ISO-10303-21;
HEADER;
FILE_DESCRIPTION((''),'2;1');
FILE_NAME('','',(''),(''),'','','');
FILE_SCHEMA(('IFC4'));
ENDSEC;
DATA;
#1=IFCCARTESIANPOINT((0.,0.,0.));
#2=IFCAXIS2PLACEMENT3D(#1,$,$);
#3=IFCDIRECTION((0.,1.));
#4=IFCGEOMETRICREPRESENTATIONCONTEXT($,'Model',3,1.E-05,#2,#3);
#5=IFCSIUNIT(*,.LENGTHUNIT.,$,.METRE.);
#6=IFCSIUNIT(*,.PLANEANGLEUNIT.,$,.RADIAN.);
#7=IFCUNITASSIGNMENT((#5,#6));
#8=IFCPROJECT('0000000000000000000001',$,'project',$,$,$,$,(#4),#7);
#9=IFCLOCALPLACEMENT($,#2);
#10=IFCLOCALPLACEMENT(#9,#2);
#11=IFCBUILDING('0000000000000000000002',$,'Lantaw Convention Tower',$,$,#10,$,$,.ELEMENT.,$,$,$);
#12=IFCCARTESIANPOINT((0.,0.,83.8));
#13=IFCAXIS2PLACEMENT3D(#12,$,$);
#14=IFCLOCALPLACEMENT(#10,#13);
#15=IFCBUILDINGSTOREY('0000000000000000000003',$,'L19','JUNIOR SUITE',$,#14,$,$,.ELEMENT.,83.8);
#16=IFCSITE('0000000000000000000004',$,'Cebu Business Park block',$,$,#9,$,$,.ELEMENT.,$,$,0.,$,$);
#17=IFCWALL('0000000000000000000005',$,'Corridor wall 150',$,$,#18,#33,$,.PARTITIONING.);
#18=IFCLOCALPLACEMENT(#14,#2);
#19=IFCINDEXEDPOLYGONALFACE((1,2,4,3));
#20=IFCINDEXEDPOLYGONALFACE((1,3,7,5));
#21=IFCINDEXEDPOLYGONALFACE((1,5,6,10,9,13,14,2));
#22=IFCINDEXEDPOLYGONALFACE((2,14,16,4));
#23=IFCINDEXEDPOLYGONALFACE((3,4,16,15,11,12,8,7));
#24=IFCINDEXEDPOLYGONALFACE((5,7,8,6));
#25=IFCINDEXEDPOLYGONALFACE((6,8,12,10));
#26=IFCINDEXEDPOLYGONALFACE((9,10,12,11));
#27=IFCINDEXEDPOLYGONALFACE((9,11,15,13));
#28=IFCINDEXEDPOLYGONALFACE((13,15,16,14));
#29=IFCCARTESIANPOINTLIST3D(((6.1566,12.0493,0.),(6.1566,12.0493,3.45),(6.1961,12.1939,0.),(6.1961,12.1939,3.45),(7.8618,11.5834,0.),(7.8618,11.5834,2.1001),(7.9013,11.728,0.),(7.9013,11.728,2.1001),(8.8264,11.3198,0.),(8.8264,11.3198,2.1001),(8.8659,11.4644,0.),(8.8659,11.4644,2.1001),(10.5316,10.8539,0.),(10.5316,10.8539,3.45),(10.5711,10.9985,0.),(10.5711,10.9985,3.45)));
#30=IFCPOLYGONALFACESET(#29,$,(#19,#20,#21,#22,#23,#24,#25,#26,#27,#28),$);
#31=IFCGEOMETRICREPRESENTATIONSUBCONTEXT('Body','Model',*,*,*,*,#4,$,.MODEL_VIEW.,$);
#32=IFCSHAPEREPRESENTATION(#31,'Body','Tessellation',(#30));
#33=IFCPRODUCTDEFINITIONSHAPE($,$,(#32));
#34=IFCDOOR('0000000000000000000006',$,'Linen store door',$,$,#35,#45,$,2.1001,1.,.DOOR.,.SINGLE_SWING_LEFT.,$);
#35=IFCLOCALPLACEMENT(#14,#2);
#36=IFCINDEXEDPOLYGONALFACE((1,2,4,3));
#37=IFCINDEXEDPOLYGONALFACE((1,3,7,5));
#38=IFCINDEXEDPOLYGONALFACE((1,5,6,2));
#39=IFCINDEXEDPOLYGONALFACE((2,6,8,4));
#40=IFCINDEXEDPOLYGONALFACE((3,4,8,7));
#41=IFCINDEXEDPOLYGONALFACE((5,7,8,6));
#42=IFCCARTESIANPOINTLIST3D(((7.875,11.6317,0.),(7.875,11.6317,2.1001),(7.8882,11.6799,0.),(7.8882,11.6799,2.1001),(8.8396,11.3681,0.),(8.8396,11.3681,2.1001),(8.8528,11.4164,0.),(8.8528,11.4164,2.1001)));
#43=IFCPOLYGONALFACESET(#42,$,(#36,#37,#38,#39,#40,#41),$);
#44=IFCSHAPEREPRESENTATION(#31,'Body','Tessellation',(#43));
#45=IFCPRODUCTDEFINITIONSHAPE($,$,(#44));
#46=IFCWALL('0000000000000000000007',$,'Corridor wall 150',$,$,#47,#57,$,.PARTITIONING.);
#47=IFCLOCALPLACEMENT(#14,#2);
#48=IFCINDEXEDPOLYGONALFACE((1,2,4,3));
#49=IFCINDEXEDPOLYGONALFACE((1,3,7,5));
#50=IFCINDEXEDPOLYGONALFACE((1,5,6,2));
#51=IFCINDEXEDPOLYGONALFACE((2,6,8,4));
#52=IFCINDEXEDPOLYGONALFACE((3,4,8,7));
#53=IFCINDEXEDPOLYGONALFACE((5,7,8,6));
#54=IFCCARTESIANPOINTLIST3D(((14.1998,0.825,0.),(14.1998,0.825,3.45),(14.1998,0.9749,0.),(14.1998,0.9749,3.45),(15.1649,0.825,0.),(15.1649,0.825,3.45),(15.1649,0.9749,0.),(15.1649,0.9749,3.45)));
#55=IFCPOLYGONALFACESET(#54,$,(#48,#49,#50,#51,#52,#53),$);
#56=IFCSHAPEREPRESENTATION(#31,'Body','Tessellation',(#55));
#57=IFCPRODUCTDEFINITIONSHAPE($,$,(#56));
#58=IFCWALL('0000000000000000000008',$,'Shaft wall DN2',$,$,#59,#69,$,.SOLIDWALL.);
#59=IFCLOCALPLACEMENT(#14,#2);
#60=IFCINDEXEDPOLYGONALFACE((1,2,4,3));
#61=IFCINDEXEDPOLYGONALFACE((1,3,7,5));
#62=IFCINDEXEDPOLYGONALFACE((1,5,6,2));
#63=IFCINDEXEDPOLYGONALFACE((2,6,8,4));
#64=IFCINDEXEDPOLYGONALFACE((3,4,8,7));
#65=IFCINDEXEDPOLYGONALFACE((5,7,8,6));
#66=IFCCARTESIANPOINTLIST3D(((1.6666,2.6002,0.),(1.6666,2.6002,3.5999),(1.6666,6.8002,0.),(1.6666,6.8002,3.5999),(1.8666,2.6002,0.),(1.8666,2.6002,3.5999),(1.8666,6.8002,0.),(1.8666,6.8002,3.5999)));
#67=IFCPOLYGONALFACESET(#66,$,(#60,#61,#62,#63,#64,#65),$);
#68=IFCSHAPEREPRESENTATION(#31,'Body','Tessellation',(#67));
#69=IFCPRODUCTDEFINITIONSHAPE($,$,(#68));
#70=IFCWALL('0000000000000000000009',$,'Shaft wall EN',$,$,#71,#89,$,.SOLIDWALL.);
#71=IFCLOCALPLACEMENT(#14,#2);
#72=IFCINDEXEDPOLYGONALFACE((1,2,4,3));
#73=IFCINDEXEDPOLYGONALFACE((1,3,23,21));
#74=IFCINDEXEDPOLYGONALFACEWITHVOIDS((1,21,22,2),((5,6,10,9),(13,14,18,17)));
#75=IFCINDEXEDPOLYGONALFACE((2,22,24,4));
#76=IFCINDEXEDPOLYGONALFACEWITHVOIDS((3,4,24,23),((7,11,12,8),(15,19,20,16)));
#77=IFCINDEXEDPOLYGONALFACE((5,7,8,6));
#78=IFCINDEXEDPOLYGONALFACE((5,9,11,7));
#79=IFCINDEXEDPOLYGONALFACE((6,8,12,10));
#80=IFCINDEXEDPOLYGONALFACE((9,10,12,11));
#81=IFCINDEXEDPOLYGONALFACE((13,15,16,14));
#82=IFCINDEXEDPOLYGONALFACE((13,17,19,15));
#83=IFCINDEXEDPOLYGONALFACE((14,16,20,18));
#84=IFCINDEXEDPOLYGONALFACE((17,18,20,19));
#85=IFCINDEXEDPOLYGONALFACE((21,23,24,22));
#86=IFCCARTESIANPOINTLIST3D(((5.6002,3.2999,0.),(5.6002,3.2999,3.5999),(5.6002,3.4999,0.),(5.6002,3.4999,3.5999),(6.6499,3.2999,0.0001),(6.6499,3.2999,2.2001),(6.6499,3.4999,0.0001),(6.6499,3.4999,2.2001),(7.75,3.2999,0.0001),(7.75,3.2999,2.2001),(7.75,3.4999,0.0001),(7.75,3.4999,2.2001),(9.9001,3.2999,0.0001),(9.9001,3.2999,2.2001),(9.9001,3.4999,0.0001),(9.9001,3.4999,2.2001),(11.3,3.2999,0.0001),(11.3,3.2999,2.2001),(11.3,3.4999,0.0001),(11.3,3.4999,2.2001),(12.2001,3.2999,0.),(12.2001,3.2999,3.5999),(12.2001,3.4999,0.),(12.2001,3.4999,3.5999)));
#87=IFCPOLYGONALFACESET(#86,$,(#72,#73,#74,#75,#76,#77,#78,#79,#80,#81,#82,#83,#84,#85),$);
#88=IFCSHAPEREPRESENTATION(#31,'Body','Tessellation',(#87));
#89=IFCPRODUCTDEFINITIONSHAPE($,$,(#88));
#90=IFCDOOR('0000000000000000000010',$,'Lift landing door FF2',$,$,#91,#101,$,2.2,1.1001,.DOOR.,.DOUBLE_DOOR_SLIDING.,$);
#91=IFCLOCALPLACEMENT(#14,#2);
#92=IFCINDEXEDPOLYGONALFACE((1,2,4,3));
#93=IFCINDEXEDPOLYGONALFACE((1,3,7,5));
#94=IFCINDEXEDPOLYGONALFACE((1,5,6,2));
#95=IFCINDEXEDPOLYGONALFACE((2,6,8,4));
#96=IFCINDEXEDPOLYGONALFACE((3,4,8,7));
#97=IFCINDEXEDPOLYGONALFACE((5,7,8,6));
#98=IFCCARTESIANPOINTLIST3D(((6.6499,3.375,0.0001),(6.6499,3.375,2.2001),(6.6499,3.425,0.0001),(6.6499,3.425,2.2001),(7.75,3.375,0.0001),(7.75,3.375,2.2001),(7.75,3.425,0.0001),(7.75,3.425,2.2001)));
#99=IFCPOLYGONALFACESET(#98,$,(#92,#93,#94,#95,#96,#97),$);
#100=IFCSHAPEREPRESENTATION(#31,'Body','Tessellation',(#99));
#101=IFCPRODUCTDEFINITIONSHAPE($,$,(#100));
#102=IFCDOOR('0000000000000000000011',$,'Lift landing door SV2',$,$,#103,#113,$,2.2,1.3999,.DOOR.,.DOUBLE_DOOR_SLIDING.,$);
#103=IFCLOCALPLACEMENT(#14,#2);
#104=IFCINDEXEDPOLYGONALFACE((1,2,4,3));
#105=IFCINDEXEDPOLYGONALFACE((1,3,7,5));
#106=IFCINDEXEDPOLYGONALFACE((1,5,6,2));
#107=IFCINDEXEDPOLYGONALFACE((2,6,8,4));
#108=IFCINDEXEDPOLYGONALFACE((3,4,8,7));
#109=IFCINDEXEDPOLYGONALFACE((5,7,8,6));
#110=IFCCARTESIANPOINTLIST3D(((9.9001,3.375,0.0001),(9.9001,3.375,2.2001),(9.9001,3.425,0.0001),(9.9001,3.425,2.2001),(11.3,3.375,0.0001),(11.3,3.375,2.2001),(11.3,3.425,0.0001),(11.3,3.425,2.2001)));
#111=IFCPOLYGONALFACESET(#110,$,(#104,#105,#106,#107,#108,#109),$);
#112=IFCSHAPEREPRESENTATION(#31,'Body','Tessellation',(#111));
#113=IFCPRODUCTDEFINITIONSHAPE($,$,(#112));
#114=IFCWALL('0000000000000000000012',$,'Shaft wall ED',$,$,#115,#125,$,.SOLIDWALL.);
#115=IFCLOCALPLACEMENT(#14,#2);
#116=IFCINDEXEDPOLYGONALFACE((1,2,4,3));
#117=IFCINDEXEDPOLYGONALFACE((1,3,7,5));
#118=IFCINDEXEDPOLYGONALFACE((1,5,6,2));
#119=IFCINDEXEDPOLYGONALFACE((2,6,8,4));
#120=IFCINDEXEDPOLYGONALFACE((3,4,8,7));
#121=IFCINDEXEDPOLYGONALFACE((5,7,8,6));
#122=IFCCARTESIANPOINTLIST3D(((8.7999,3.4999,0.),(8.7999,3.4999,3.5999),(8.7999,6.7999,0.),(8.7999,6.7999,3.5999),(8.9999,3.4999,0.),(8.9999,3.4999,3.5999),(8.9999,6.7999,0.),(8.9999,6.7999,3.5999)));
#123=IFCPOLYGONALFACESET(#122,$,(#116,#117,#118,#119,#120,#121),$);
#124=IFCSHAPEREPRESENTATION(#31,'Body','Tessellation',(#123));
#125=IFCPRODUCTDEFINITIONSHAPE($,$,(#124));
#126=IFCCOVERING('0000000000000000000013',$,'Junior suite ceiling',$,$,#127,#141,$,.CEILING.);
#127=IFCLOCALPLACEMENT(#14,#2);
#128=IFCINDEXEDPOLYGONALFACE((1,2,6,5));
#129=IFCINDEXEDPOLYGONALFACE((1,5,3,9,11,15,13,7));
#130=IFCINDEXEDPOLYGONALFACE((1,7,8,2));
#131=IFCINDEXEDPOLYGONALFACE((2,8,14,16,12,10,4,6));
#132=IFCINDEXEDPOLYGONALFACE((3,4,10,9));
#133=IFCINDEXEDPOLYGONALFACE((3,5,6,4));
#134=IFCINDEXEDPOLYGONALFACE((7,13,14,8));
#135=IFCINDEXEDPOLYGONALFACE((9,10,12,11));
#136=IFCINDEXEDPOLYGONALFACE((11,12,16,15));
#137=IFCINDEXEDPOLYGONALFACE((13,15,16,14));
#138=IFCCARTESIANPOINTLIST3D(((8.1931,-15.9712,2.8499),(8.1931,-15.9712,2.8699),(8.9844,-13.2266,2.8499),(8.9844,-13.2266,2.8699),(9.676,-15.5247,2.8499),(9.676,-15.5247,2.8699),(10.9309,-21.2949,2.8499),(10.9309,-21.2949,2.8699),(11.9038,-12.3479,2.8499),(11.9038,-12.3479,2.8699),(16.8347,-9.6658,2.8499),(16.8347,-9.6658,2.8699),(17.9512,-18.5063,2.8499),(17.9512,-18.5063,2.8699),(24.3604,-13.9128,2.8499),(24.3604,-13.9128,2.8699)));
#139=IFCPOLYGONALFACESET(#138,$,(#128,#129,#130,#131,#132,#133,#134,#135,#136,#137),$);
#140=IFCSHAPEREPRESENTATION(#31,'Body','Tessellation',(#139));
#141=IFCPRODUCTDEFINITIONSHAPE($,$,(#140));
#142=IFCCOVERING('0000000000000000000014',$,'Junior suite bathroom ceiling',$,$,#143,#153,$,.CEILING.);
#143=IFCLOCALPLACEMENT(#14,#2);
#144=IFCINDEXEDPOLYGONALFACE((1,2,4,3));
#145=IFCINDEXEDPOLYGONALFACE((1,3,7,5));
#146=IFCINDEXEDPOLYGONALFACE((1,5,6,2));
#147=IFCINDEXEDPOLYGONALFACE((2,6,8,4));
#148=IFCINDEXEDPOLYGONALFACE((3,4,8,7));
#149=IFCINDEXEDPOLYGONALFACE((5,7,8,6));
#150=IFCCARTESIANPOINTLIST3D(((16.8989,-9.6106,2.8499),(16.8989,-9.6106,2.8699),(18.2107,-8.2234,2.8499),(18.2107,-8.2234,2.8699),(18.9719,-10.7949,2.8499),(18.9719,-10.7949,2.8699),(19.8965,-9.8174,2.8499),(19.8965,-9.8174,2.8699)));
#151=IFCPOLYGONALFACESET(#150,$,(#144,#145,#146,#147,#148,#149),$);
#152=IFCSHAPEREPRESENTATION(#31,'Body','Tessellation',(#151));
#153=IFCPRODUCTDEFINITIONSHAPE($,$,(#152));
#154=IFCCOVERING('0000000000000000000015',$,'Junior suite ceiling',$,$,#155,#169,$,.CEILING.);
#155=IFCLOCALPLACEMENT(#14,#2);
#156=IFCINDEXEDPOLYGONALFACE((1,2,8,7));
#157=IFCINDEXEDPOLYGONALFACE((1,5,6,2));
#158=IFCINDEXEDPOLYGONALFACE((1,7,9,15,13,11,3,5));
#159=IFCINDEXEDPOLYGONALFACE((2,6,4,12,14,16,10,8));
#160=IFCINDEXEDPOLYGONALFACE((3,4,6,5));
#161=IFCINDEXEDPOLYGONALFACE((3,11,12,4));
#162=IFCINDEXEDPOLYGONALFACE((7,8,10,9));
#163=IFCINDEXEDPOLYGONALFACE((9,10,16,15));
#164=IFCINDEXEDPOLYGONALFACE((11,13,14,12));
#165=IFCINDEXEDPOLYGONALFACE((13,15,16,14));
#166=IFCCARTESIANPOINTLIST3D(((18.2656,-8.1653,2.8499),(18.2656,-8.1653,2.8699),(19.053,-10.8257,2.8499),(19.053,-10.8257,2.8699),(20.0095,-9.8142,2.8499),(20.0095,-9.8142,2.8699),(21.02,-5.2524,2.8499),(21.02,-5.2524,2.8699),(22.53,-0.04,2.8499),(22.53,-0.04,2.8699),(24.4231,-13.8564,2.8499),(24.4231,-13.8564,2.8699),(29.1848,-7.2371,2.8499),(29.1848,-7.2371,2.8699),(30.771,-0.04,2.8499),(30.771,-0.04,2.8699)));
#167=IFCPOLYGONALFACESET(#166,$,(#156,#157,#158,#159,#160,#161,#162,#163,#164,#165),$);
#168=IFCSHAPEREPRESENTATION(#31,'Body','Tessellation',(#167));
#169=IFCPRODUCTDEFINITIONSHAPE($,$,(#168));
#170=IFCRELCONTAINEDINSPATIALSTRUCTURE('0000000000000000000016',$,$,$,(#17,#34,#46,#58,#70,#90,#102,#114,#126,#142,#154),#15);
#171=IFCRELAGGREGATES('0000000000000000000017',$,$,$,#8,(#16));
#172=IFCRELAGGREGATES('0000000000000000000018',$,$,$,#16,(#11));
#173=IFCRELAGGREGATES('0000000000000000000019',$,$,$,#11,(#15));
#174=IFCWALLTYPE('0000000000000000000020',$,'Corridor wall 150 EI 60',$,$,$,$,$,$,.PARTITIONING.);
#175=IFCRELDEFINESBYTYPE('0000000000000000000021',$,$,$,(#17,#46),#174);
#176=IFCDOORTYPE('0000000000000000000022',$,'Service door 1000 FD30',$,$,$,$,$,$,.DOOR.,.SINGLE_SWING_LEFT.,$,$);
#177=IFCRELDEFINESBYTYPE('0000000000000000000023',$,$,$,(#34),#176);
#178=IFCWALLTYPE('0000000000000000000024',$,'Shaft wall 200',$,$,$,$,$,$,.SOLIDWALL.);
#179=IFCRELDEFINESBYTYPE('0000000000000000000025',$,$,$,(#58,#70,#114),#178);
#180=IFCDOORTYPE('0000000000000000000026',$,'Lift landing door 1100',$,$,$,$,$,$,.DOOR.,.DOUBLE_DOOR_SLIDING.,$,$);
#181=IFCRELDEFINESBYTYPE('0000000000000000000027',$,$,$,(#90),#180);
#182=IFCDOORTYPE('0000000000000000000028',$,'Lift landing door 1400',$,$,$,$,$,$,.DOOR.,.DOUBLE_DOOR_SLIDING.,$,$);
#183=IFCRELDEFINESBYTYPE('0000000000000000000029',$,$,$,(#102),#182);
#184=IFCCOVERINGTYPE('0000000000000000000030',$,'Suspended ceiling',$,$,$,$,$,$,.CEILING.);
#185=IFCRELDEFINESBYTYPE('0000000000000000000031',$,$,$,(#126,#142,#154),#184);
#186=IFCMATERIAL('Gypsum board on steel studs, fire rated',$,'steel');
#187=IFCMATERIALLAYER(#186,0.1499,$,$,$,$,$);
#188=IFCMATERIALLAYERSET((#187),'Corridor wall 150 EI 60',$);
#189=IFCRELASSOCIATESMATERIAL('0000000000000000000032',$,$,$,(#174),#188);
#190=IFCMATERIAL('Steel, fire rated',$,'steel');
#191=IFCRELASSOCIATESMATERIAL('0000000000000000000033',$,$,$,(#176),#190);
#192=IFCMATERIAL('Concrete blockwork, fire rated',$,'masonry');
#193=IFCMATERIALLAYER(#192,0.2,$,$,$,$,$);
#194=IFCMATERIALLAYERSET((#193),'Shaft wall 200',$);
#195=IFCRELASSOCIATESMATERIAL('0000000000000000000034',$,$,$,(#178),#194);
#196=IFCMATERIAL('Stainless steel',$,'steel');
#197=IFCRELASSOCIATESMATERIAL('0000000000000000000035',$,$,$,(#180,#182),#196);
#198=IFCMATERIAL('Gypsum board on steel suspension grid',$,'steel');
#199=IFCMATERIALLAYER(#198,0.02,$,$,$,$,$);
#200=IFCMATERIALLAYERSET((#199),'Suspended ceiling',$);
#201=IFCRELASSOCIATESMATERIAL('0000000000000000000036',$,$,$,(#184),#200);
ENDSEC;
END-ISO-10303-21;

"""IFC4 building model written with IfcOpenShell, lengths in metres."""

from ifc_helpers import new_model, si_unit, direction, frame, frame_2d, origin, place, context, subcontext, project, spatial, polyline, rectangle, outline, extrude, material, layer, layer_set, type_object, element, fill, save


model = new_model("IFC4")

# Units and contexts
model_context = context("Model", 3, precision=1e-05, world=origin(), true_north=direction((0.0, 1.0)))
body_context = subcontext(model_context, "Body", "Model", "MODEL_VIEW")
ifc_project = project(units=[si_unit("LENGTHUNIT", "METRE"), si_unit("PLANEANGLEUNIT", "RADIAN")], contexts=[model_context])

# Site, building, storey
site_placement = place(None, origin())
site = spatial("IfcSite", under=ifc_project, at=site_placement, Name="Cebu Business Park block", CompositionType="ELEMENT", RefElevation=0.0)
building_placement = place(site_placement, origin())
building = spatial("IfcBuilding", under=site, at=building_placement, Name="Lantaw Convention Tower", CompositionType="ELEMENT")
storey_placement = place(building_placement, frame((0.0, 0.0, 83.8)))
storey = spatial("IfcBuildingStorey", under=building, at=storey_placement, Name="L19", Description="JUNIOR SUITE", CompositionType="ELEMENT", Elevation=83.8)

# Wall, opening, door
ifc_material_1 = material(Name="Gypsum board on steel studs, fire rated", Category="steel")
ifc_layer_1 = layer(ifc_material_1, 0.1499)
ifc_layer_set_1 = layer_set([ifc_layer_1], Name="Corridor wall 150 EI 60")
wall_type_1 = type_object("IfcWallType", Name="Corridor wall 150 EI 60", PredefinedType="PARTITIONING", material=ifc_layer_set_1)
wall_1_placement = place(storey_placement, frame((10.5513, 10.9263, 0.0), z_axis=(0.0, 0.0, 1.0), x_axis=(-0.964644, 0.263555, 0.0)))
wall_1 = element("IfcWall", 1, at=wall_1_placement, inside=storey, type_object=wall_type_1, Name="Corridor wall 150", PredefinedType="PARTITIONING", context=body_context, shape_type="SweptSolid", body=[
    extrude(rectangle(XDim=4.5354, YDim=0.1499, at=frame_2d((2.2676, 0.0))), origin(), (0.0, 0.0, 1.0), 3.45),
])
opening_1_placement = place(wall_1_placement, frame((1.7676, 0.0, 0.0)))
opening_1 = element("IfcOpeningElement", 2, at=opening_1_placement, cuts=wall_1, PredefinedType="OPENING", context=body_context, shape_type="SweptSolid", body=[
    extrude(rectangle(XDim=1.0, YDim=2.1001, at=frame_2d((0.5, 1.05))), frame((0.0, 0.085, 0.0), z_axis=(0.0, -1.0, 0.0), x_axis=(1.0, 0.0, 0.0)), (0.0, 0.0, 1.0), 0.1699),
])
ifc_material_2 = material(Name="Steel, fire rated", Category="steel")
door_type_1 = type_object("IfcDoorType", Name="Service door 1000 FD30", OperationType="SINGLE_SWING_LEFT", PredefinedType="DOOR", material=ifc_material_2)
door_1_placement = place(opening_1_placement, origin())
door_1 = element("IfcDoor", 3, at=door_1_placement, inside=storey, type_object=door_type_1, Name="Linen store door", OperationType="SINGLE_SWING_LEFT", OverallHeight=2.1001, OverallWidth=1.0, PredefinedType="DOOR", context=body_context, shape_type="SweptSolid", body=[
    extrude(rectangle(XDim=1.0, YDim=2.1001, at=frame_2d((0.5, 1.05))), frame((0.0, 0.0249, 0.0), z_axis=(0.0, -1.0, 0.0), x_axis=(1.0, 0.0, 0.0)), (0.0, 0.0, 1.0), 0.05),
])
fill(opening_1, door_1)

# Walls
wall_2_placement = place(storey_placement, frame((14.2, 0.8999, 0.0), z_axis=(0.0, 0.0, 1.0), x_axis=(1.0, 0.0, 0.0)))
element("IfcWall", 4, at=wall_2_placement, inside=storey, type_object=wall_type_1, Name="Corridor wall 150", PredefinedType="PARTITIONING", context=body_context, shape_type="SweptSolid", body=[
    extrude(rectangle(XDim=0.9651, YDim=0.1499, at=frame_2d((0.4824, 0.0))), origin(), (0.0, 0.0, 1.0), 3.45),
])
ifc_material_3 = material(Name="Concrete blockwork, fire rated", Category="masonry")
ifc_layer_2 = layer(ifc_material_3, 0.2)
ifc_layer_set_2 = layer_set([ifc_layer_2], Name="Shaft wall 200")
wall_type_2 = type_object("IfcWallType", Name="Shaft wall 200", PredefinedType="SOLIDWALL", material=ifc_layer_set_2)
wall_3_placement = place(storey_placement, frame((1.7666, 2.6001, 0.0), z_axis=(0.0, 0.0, 1.0), x_axis=(0.0, 1.0, 0.0)))
element("IfcWall", 5, at=wall_3_placement, inside=storey, type_object=wall_type_2, Name="Shaft wall DN2", PredefinedType="SOLIDWALL", context=body_context, shape_type="SweptSolid", body=[
    extrude(rectangle(XDim=4.2, YDim=0.2, at=frame_2d((2.1001, 0.0))), origin(), (0.0, 0.0, 1.0), 3.5999),
])

# Wall, openings, doors
wall_4_placement = place(storey_placement, frame((12.2, 3.3999, 0.0), z_axis=(0.0, 0.0, 1.0), x_axis=(-1.0, 0.0, 0.0)))
wall_4 = element("IfcWall", 6, at=wall_4_placement, inside=storey, type_object=wall_type_2, Name="Shaft wall EN", PredefinedType="SOLIDWALL", context=body_context, shape_type="SweptSolid", body=[
    extrude(rectangle(XDim=6.5999, YDim=0.2, at=frame_2d((3.2998, 0.0))), origin(), (0.0, 0.0, 1.0), 3.5999),
])
opening_2_placement = place(wall_4_placement, frame((4.45, 0.0, 0.0)))
opening_2 = element("IfcOpeningElement", 7, at=opening_2_placement, cuts=wall_4, PredefinedType="OPENING", context=body_context, shape_type="SweptSolid", body=[
    extrude(rectangle(XDim=1.1001, YDim=2.2, at=frame_2d((0.55, 1.1001))), frame((0.0, 0.1099, 0.0), z_axis=(0.0, -1.0, 0.0), x_axis=(1.0, 0.0, 0.0)), (0.0, 0.0, 1.0), 0.22),
])
opening_3_placement = place(wall_4_placement, frame((0.8999, 0.0, 0.0)))
opening_3 = element("IfcOpeningElement", 8, at=opening_3_placement, cuts=wall_4, PredefinedType="OPENING", context=body_context, shape_type="SweptSolid", body=[
    extrude(rectangle(XDim=1.3999, YDim=2.2, at=frame_2d((0.7, 1.1001))), frame((0.0, 0.1099, 0.0), z_axis=(0.0, -1.0, 0.0), x_axis=(1.0, 0.0, 0.0)), (0.0, 0.0, 1.0), 0.22),
])
ifc_material_4 = material(Name="Stainless steel", Category="steel")
door_type_2 = type_object("IfcDoorType", Name="Lift landing door 1100", OperationType="DOUBLE_DOOR_SLIDING", PredefinedType="DOOR", material=ifc_material_4)
door_2_placement = place(opening_2_placement, origin())
door_2 = element("IfcDoor", 9, at=door_2_placement, inside=storey, type_object=door_type_2, Name="Lift landing door FF2", OperationType="DOUBLE_DOOR_SLIDING", OverallHeight=2.2, OverallWidth=1.1001, PredefinedType="DOOR", context=body_context, shape_type="SweptSolid", body=[
    extrude(rectangle(XDim=1.1001, YDim=2.2, at=frame_2d((0.55, 1.1001))), frame((0.0, 0.0249, 0.0), z_axis=(0.0, -1.0, 0.0), x_axis=(1.0, 0.0, 0.0)), (0.0, 0.0, 1.0), 0.05),
])
fill(opening_2, door_2)
door_type_3 = type_object("IfcDoorType", Name="Lift landing door 1400", OperationType="DOUBLE_DOOR_SLIDING", PredefinedType="DOOR", material=ifc_material_4)
door_3_placement = place(opening_3_placement, origin())
door_3 = element("IfcDoor", 10, at=door_3_placement, inside=storey, type_object=door_type_3, Name="Lift landing door SV2", OperationType="DOUBLE_DOOR_SLIDING", OverallHeight=2.2, OverallWidth=1.3999, PredefinedType="DOOR", context=body_context, shape_type="SweptSolid", body=[
    extrude(rectangle(XDim=1.3999, YDim=2.2, at=frame_2d((0.7, 1.1001))), frame((0.0, 0.0249, 0.0), z_axis=(0.0, -1.0, 0.0), x_axis=(1.0, 0.0, 0.0)), (0.0, 0.0, 1.0), 0.05),
])
fill(opening_3, door_3)

# Wall
wall_5_placement = place(storey_placement, frame((8.8999, 3.5, 0.0), z_axis=(0.0, 0.0, 1.0), x_axis=(0.0, 1.0, 0.0)))
element("IfcWall", 11, at=wall_5_placement, inside=storey, type_object=wall_type_2, Name="Shaft wall ED", PredefinedType="SOLIDWALL", context=body_context, shape_type="SweptSolid", body=[
    extrude(rectangle(XDim=3.3, YDim=0.2, at=frame_2d((1.6499, 0.0))), origin(), (0.0, 0.0, 1.0), 3.5999),
])

# Coverings
ifc_material_5 = material(Name="Gypsum board on steel suspension grid", Category="steel")
ifc_layer_3 = layer(ifc_material_5, 0.02)
ifc_layer_set_3 = layer_set([ifc_layer_3], Name="Suspended ceiling")
covering_type = type_object("IfcCoveringType", Name="Suspended ceiling", PredefinedType="CEILING", material=ifc_layer_set_3)
covering_1_placement = place(storey_placement, frame((0.0, 0.0, 2.8499)))
element("IfcCovering", 12, at=covering_1_placement, inside=storey, type_object=covering_type, Name="Junior suite ceiling", PredefinedType="CEILING", context=body_context, shape_type="SweptSolid", body=[
    extrude(outline(polyline([(8.9844, -13.2266), (9.676, -15.5247), (8.1931, -15.9712), (10.9309, -21.2949), (17.9512, -18.5063), (24.3604, -13.9128), (16.8347, -9.6658), (11.9038, -12.3479), (8.9844, -13.2266)])), origin(), (0.0, 0.0, 1.0), 0.02),
])
covering_2_placement = place(storey_placement, frame((0.0, 0.0, 2.8499)))
element("IfcCovering", 13, at=covering_2_placement, inside=storey, type_object=covering_type, Name="Junior suite bathroom ceiling", PredefinedType="CEILING", context=body_context, shape_type="SweptSolid", body=[
    extrude(outline(polyline([(16.8989, -9.6106), (18.9719, -10.7949), (19.8965, -9.8174), (18.2107, -8.2234), (16.8989, -9.6106)])), origin(), (0.0, 0.0, 1.0), 0.02),
])
covering_3_placement = place(storey_placement, frame((0.0, 0.0, 2.8499)))
element("IfcCovering", 14, at=covering_3_placement, inside=storey, type_object=covering_type, Name="Junior suite ceiling", PredefinedType="CEILING", context=body_context, shape_type="SweptSolid", body=[
    extrude(outline(polyline([(21.02, -5.2524), (18.2656, -8.1653), (20.0095, -9.8142), (19.053, -10.8257), (24.4231, -13.8564), (29.1848, -7.2371), (30.771, -0.04), (22.53, -0.04), (21.02, -5.2524)])), origin(), (0.0, 0.0, 1.0), 0.02),
])

save(model, "model.ifc")
